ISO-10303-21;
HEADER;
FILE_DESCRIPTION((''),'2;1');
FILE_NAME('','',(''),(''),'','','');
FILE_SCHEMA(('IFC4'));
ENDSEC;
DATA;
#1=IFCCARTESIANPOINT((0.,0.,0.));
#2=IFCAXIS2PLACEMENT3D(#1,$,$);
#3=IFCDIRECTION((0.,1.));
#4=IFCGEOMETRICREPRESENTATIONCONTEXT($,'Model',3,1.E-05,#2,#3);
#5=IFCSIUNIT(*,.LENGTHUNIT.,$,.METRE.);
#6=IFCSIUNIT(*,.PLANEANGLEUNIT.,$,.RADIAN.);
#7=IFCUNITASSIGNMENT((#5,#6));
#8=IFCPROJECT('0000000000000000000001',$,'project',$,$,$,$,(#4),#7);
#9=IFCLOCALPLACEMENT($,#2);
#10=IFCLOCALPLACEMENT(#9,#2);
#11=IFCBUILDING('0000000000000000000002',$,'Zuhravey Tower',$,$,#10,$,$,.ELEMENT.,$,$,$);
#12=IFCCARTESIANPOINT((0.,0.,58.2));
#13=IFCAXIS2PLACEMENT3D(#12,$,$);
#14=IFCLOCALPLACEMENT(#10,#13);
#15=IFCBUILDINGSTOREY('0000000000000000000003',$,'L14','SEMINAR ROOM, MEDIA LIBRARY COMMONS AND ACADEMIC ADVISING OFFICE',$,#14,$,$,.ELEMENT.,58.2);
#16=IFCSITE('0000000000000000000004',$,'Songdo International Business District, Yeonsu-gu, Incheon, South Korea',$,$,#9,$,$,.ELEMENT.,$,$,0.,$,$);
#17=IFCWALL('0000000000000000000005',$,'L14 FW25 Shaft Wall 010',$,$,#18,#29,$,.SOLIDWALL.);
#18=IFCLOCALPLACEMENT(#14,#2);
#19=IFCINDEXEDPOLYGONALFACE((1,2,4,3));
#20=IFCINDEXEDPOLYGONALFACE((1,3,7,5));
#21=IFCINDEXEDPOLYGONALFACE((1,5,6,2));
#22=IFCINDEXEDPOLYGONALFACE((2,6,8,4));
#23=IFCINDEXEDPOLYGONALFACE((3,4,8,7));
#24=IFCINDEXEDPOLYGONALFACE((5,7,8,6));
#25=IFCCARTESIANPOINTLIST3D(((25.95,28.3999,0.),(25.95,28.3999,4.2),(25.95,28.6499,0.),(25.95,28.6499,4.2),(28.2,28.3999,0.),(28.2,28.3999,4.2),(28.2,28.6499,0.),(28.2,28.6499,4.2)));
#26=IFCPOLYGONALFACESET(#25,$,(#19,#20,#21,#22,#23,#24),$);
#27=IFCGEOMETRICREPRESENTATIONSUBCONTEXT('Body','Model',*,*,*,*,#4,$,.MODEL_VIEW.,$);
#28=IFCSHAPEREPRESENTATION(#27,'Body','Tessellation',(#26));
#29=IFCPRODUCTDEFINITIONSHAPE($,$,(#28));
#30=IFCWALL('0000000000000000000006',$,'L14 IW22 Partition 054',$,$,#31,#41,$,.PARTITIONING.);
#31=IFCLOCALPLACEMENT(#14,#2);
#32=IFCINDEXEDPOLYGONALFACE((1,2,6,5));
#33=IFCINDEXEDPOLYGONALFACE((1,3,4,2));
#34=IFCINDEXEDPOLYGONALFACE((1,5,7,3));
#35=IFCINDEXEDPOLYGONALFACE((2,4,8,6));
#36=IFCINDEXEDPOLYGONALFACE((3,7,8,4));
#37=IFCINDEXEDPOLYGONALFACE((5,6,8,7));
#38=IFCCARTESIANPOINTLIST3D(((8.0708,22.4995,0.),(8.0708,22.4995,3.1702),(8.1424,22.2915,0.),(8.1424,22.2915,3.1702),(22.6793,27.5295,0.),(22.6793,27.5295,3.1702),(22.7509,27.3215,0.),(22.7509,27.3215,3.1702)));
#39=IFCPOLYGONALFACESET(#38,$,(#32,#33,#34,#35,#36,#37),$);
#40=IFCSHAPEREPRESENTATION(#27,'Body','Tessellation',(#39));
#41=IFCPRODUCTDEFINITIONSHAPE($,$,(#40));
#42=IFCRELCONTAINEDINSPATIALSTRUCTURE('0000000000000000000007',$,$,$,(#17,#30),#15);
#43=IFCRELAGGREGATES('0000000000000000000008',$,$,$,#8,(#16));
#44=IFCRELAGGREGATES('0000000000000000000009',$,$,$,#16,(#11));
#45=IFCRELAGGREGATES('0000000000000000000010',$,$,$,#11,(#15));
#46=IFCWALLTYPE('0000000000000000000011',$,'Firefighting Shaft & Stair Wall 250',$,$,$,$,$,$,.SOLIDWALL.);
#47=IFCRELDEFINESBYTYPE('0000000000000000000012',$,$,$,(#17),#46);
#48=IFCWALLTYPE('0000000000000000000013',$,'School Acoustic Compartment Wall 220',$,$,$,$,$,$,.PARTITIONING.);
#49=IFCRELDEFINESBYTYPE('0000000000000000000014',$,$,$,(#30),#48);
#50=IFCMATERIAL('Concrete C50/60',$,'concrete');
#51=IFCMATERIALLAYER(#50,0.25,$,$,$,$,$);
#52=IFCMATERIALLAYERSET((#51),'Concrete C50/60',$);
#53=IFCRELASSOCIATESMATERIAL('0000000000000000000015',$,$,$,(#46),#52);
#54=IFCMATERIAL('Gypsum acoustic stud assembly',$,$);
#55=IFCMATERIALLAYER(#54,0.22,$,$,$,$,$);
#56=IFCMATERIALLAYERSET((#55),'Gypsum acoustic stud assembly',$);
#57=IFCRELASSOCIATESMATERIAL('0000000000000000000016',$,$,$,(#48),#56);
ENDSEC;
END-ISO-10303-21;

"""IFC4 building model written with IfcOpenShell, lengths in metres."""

from ifc_helpers import new_model, si_unit, direction, frame, frame_2d, origin, place, context, subcontext, project, spatial, rectangle, extrude, material, layer, layer_set, type_object, element, save


model = new_model("IFC4")

# Units and contexts
model_context = context("Model", 3, precision=1e-05, world=origin(), true_north=direction((0.0, 1.0)))
body_context = subcontext(model_context, "Body", "Model", "MODEL_VIEW")
ifc_project = project(units=[si_unit("LENGTHUNIT", "METRE"), si_unit("PLANEANGLEUNIT", "RADIAN")], contexts=[model_context])

# Site, building, storey
site_placement = place(None, origin())
site = spatial("IfcSite", under=ifc_project, at=site_placement, Name="Songdo International Business District, Yeonsu-gu, Incheon, South Korea", CompositionType="ELEMENT", RefElevation=0.0)
building_placement = place(site_placement, origin())
building = spatial("IfcBuilding", under=site, at=building_placement, Name="Zuhravey Tower", CompositionType="ELEMENT")
storey_placement = place(building_placement, frame((0.0, 0.0, 58.2)))
storey = spatial("IfcBuildingStorey", under=building, at=storey_placement, Name="L14", Description="SEMINAR ROOM, MEDIA LIBRARY COMMONS AND ACADEMIC ADVISING OFFICE", CompositionType="ELEMENT", Elevation=58.2)

# Shared definitions
ifc_material_1 = material(Name="Concrete C50/60", Category="concrete")
ifc_layer_1 = layer(ifc_material_1, 0.25)
ifc_layer_set_1 = layer_set([ifc_layer_1], Name="Concrete C50/60")
wall_type_1 = type_object("IfcWallType", Name="Firefighting Shaft & Stair Wall 250", PredefinedType="SOLIDWALL", material=ifc_layer_set_1)

# Walls
for number, where, z_axis, x_axis, name in (
    (1, (25.95, 28.5249, 0.0), (0.0, 0.0, 1.0), (1.0, 0.0, 0.0), "L14 FW25 Shaft Wall 010"),
):
    element("IfcWall", number, at=place(storey_placement, frame(where, z_axis=z_axis, x_axis=x_axis)), inside=storey, type_object=wall_type_1, Name=name, PredefinedType="SOLIDWALL", context=body_context, shape_type="SweptSolid", body=[
        extrude(rectangle(XDim=2.25, YDim=0.25, at=frame_2d((1.125, 0.0))), origin(), (0.0, 0.0, 1.0), 4.2),
    ])
ifc_material_2 = material(Name="Gypsum acoustic stud assembly")
ifc_layer_2 = layer(ifc_material_2, 0.22)
ifc_layer_set_2 = layer_set([ifc_layer_2], Name="Gypsum acoustic stud assembly")
wall_type_2 = type_object("IfcWallType", Name="School Acoustic Compartment Wall 220", PredefinedType="PARTITIONING", material=ifc_layer_set_2)
wall_1_placement = place(storey_placement, frame((22.7151, 27.4255, 0.0), z_axis=(0.0, 0.0, 1.0), x_axis=(-0.945519, -0.325566, 0.0)))
element("IfcWall", 2, at=wall_1_placement, inside=storey, type_object=wall_type_2, Name="L14 IW22 Partition 054", PredefinedType="PARTITIONING", context=body_context, shape_type="SweptSolid", body=[
    extrude(rectangle(XDim=15.4502, YDim=0.22, at=frame_2d((7.7251, 0.0))), origin(), (0.0, 0.0, 1.0), 3.1702),
])

save(model, "model.ifc")
